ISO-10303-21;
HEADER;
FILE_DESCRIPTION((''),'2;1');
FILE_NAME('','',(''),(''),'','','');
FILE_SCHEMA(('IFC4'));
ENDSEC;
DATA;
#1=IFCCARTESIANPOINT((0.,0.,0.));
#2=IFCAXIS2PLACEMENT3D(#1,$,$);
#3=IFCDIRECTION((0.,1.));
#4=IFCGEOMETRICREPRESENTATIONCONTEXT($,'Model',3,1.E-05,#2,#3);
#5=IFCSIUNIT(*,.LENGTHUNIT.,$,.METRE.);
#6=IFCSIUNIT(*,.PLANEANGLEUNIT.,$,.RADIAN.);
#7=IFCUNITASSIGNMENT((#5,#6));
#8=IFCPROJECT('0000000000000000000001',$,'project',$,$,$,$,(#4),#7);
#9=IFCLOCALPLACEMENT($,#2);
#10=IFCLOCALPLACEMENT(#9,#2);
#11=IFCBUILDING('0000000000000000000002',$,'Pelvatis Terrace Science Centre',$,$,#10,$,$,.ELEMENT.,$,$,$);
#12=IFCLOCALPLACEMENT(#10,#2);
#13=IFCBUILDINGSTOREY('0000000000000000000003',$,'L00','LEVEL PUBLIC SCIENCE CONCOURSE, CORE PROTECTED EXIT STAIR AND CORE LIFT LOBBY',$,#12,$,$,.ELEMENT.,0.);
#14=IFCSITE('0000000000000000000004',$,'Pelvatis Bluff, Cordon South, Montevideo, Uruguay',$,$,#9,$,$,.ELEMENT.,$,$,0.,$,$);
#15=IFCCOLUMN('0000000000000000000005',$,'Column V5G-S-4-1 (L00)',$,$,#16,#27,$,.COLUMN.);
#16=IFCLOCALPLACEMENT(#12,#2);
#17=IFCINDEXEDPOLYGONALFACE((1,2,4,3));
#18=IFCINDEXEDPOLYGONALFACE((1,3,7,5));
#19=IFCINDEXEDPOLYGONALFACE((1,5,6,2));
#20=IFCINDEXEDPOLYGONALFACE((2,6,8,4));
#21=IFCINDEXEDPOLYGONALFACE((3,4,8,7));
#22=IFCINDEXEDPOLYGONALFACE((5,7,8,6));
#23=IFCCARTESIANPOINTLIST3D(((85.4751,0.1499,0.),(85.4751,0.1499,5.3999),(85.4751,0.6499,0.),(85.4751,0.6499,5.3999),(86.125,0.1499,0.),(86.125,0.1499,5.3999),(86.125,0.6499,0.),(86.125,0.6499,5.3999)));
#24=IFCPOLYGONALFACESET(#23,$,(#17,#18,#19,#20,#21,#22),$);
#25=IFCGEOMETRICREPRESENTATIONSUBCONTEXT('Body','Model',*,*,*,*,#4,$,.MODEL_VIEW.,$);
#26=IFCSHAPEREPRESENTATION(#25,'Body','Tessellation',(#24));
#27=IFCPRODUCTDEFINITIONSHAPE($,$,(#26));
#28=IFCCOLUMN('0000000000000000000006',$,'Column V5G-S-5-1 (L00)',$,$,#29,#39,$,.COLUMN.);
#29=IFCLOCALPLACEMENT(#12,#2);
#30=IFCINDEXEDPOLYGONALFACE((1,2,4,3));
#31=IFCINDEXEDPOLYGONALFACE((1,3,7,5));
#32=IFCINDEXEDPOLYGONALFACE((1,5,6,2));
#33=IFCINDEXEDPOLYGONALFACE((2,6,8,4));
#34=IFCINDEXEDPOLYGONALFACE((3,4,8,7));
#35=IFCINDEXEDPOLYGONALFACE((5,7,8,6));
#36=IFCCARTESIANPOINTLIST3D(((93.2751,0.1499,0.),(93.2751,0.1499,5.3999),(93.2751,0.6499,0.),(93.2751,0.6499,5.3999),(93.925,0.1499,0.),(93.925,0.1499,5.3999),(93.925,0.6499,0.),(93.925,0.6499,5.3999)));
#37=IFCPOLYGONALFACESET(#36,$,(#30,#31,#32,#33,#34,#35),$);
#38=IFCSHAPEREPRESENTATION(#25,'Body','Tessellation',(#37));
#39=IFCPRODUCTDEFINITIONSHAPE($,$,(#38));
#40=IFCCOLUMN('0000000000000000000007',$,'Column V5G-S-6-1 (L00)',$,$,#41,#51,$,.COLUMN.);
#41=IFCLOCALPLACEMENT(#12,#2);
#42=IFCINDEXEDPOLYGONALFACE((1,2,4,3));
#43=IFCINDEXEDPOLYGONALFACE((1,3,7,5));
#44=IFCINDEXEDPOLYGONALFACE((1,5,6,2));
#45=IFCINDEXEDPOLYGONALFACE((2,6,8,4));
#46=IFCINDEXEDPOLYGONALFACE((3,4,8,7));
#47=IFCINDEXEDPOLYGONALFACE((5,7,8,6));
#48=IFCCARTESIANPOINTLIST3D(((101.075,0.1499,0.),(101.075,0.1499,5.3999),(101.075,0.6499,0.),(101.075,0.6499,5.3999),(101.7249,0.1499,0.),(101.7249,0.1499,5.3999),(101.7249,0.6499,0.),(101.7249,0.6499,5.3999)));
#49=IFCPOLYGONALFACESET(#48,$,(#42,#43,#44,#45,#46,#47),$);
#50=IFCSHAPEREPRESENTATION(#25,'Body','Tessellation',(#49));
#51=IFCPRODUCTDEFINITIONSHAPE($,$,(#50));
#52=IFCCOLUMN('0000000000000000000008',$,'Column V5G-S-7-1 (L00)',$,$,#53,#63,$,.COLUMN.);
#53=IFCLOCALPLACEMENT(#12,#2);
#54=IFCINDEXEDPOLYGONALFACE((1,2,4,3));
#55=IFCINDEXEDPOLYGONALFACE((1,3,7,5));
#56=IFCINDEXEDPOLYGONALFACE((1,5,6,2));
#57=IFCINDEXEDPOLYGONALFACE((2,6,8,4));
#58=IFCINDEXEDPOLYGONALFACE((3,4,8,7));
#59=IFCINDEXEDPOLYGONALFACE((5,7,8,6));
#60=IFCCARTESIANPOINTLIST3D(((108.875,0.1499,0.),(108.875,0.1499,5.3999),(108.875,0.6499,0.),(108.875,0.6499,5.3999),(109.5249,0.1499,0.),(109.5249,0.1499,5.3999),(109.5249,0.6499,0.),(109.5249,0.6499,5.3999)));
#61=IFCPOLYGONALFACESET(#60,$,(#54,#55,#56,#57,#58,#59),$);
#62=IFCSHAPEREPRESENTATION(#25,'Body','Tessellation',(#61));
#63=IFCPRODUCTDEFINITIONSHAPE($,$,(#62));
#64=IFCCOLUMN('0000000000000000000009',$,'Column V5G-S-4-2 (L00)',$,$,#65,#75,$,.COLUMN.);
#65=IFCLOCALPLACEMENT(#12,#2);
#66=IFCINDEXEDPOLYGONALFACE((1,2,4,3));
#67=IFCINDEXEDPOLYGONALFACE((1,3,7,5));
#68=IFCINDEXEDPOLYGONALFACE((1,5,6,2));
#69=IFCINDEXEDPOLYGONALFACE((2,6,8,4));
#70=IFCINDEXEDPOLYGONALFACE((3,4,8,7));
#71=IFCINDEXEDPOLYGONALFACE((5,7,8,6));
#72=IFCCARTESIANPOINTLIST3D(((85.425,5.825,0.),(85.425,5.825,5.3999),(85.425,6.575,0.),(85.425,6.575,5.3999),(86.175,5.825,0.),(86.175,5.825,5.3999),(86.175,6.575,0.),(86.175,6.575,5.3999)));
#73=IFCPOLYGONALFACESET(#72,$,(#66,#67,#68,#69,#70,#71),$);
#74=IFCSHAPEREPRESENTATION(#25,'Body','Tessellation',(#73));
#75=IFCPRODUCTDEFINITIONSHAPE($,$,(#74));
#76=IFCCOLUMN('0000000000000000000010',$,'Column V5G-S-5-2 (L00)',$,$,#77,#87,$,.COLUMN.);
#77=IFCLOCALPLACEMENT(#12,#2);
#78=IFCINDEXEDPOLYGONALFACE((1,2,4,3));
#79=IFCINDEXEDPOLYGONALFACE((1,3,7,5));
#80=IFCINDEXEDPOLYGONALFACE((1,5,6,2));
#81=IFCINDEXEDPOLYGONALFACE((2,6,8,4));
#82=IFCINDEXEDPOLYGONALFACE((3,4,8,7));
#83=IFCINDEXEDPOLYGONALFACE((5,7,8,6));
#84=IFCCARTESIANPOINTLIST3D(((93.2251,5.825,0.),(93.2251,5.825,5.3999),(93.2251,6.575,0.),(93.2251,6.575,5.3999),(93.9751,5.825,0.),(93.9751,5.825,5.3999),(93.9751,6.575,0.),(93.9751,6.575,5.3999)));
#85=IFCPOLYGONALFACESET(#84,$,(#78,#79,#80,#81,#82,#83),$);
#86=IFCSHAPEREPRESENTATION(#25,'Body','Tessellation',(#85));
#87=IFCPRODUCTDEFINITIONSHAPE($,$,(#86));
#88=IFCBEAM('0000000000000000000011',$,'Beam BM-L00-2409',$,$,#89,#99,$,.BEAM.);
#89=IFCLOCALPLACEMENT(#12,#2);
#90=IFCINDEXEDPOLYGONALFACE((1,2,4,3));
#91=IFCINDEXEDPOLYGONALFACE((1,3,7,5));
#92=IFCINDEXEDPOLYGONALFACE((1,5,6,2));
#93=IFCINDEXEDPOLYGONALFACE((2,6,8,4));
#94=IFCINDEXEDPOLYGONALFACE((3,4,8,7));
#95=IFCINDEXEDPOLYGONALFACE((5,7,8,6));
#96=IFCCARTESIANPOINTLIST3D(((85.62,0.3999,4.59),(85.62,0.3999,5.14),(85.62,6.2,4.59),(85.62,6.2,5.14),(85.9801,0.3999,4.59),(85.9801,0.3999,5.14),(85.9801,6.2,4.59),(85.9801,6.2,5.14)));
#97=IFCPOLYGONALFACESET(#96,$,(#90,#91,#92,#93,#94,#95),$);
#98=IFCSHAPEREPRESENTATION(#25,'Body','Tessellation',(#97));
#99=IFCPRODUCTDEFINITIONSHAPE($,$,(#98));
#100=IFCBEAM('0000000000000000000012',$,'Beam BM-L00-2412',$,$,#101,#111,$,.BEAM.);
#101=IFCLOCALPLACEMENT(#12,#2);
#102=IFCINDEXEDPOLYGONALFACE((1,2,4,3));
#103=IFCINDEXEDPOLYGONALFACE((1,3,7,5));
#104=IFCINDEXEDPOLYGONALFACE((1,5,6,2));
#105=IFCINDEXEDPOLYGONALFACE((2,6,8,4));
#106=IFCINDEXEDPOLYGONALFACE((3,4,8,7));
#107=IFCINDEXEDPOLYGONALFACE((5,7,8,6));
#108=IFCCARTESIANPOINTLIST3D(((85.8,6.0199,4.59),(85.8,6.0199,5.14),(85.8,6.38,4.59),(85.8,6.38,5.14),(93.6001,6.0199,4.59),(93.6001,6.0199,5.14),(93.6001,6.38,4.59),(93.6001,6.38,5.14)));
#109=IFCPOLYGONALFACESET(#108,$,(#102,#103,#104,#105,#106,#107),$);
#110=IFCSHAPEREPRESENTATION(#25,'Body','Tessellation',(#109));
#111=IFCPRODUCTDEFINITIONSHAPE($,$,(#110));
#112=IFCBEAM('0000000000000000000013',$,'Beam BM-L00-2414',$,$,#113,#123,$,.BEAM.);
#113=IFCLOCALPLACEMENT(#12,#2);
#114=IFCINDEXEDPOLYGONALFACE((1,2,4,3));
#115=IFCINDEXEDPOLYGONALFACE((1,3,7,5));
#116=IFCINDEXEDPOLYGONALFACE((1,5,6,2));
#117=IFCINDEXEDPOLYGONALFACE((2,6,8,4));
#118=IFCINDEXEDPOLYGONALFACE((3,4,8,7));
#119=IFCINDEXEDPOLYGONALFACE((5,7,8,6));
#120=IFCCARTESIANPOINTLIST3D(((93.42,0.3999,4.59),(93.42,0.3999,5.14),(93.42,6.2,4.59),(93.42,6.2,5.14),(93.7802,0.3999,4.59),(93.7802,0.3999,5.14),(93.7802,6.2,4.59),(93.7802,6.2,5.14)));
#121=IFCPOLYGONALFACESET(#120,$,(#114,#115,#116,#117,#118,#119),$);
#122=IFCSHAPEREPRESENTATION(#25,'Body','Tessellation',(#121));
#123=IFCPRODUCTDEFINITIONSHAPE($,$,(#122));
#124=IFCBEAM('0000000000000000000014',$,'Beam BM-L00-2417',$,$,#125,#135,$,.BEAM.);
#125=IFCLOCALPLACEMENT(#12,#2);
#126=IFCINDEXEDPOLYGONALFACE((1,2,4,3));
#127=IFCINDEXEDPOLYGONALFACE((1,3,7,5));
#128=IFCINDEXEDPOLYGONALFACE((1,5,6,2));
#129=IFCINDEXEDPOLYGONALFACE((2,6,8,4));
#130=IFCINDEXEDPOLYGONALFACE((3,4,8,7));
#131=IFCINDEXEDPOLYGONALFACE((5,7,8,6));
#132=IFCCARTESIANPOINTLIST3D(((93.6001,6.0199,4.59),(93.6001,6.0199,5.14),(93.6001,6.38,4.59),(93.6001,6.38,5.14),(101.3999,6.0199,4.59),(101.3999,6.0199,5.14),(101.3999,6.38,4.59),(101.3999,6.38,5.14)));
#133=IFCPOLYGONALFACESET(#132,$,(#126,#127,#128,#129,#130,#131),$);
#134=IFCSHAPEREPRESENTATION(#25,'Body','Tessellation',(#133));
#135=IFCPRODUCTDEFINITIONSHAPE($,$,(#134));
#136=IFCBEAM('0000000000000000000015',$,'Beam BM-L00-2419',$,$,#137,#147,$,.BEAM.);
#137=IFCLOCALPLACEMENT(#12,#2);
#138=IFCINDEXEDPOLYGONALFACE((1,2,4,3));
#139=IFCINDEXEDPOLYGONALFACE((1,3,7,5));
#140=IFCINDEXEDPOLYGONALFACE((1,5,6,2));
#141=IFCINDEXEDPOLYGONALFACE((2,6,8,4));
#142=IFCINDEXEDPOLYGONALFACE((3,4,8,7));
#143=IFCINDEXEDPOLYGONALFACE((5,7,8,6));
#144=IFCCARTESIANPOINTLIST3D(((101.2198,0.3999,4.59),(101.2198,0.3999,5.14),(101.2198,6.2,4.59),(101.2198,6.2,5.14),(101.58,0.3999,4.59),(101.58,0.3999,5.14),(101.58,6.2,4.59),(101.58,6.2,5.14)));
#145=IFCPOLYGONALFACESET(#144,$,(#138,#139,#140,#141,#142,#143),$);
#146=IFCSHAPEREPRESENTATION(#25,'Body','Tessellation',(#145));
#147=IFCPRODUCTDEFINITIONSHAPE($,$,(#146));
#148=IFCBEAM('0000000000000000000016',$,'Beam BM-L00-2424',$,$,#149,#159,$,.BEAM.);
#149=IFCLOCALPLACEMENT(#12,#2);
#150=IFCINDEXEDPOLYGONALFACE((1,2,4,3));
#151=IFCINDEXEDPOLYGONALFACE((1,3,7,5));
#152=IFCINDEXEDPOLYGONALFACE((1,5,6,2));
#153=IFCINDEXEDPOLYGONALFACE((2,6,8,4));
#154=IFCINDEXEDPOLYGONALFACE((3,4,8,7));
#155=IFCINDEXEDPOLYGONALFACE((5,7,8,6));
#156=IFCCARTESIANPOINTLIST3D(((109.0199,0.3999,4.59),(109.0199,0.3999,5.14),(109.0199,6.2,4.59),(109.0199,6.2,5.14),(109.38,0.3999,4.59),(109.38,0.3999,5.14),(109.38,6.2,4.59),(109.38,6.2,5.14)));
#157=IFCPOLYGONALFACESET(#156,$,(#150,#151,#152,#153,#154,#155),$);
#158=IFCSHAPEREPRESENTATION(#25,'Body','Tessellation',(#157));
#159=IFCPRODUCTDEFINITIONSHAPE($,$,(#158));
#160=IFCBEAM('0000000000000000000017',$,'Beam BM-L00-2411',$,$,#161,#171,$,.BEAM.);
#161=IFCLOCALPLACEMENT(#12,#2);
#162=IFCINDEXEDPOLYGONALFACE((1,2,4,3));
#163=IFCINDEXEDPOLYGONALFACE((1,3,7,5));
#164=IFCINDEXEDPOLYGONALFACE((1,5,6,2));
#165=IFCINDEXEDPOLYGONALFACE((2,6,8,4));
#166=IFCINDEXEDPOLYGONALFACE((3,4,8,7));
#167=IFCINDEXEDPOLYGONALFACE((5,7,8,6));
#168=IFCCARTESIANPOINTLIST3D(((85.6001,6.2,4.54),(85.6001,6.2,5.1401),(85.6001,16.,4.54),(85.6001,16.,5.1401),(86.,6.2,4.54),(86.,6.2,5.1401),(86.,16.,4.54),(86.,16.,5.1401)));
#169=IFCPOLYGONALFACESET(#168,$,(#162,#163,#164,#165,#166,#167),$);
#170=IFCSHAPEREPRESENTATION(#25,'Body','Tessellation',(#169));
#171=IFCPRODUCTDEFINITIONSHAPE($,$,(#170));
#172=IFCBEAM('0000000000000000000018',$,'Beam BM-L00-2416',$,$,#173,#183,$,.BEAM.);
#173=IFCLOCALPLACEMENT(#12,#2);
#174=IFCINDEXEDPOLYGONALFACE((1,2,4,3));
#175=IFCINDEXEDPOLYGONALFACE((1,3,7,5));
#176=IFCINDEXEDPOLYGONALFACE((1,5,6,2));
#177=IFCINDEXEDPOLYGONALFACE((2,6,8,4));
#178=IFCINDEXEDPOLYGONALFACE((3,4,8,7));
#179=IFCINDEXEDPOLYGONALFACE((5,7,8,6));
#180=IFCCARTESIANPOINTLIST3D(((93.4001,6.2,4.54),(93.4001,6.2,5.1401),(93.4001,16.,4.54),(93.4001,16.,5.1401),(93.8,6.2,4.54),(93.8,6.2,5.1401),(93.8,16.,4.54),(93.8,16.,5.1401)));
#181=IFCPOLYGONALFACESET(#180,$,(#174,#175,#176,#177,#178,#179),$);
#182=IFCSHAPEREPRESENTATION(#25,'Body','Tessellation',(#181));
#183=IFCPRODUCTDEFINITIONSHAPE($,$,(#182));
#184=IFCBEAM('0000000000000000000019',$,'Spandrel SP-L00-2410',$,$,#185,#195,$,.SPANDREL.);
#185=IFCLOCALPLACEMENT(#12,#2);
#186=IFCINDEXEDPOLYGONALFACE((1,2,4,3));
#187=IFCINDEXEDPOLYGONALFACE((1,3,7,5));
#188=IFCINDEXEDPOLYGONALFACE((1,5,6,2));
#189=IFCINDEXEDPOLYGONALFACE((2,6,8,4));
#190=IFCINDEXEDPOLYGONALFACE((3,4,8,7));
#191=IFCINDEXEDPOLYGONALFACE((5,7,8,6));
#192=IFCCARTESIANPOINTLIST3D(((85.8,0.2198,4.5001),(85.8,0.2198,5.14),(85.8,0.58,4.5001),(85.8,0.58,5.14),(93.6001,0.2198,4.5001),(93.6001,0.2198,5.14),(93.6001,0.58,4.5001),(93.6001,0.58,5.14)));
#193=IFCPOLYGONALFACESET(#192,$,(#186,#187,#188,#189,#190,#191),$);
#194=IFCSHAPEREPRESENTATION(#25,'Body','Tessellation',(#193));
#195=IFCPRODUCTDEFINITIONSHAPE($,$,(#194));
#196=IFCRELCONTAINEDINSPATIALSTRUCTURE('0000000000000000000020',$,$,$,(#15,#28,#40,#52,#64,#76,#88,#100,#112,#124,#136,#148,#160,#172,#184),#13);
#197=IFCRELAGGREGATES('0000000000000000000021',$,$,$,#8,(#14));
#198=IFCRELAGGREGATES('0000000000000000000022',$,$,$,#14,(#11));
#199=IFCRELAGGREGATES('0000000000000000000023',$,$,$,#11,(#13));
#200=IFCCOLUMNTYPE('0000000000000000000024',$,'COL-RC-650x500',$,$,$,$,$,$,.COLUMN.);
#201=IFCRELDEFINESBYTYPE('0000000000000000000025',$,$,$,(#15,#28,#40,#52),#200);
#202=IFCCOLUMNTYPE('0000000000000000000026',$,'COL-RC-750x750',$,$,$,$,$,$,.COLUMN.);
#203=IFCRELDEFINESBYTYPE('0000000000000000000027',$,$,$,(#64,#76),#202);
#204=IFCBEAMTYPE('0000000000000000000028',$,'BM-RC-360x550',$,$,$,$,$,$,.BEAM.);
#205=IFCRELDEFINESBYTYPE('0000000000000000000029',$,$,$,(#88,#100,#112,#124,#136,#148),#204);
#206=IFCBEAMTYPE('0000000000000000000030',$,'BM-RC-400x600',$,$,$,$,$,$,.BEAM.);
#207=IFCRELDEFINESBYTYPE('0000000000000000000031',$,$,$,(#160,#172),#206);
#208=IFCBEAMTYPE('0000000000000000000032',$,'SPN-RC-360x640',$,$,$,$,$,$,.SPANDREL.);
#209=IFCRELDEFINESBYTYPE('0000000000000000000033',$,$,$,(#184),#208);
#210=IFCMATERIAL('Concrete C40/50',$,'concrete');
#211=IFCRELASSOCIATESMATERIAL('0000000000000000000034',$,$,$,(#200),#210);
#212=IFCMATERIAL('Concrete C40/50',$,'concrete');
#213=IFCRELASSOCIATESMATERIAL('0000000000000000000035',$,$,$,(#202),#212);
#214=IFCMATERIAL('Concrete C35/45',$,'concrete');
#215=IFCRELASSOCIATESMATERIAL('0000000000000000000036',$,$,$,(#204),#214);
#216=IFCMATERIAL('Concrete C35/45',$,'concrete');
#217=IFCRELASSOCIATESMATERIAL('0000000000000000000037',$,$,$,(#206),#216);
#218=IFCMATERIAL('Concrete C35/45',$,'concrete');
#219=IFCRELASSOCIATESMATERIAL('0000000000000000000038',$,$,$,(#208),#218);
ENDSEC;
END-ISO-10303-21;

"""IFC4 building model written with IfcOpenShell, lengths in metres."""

from ifc_helpers import new_model, si_unit, direction, frame, origin, origin_2d, place, context, subcontext, project, spatial, rectangle, extrude, material, material_profile, profile_set, type_object, element, save


model = new_model("IFC4")

# Units and contexts
model_context = context("Model", 3, precision=1e-05, world=origin(), true_north=direction((0.0, 1.0)))
body_context = subcontext(model_context, "Body", "Model", "MODEL_VIEW")
ifc_project = project(units=[si_unit("LENGTHUNIT", "METRE"), si_unit("PLANEANGLEUNIT", "RADIAN")], contexts=[model_context])

# Site, building, storey
site_placement = place(None, origin())
site = spatial("IfcSite", under=ifc_project, at=site_placement, Name="Pelvatis Bluff, Cordon South, Montevideo, Uruguay", CompositionType="ELEMENT", RefElevation=0.0)
building_placement = place(site_placement, origin())
building = spatial("IfcBuilding", under=site, at=building_placement, Name="Pelvatis Terrace Science Centre", CompositionType="ELEMENT")
storey_placement = place(building_placement, origin())
storey = spatial("IfcBuildingStorey", under=building, at=storey_placement, Name="L00", Description="LEVEL PUBLIC SCIENCE CONCOURSE, CORE PROTECTED EXIT STAIR AND CORE LIFT LOBBY", CompositionType="ELEMENT", Elevation=0.0)

# Columns
ifc_material_1 = material(Name="Concrete C40/50", Category="concrete")
ifc_material_profile_1 = material_profile(ifc_material_1, rectangle(XDim=0.6499, YDim=0.5, at=origin_2d()), Name="RC-COL 650x500")
ifc_profile_set_1 = profile_set([ifc_material_profile_1], Name="Concrete C40/50")
column_type_1 = type_object("IfcColumnType", Name="COL-RC-650x500", PredefinedType="COLUMN", material=ifc_profile_set_1)
for number, where, z_axis, x_axis, name in (
    (1, (85.8, 0.3999, 0.0), (0.0, 0.0, 1.0), (1.0, 0.0, 0.0), "Column V5G-S-4-1 (L00)"),
    (2, (93.6001, 0.3999, 0.0), (0.0, 0.0, 1.0), (1.0, 0.0, 0.0), "Column V5G-S-5-1 (L00)"),
    (3, (101.3999, 0.3999, 0.0), (0.0, 0.0, 1.0), (1.0, 0.0, 0.0), "Column V5G-S-6-1 (L00)"),
    (4, (109.2, 0.3999, 0.0), (0.0, 0.0, 1.0), (1.0, 0.0, 0.0), "Column V5G-S-7-1 (L00)"),
):
    element("IfcColumn", number, at=place(storey_placement, frame(where, z_axis=z_axis, x_axis=x_axis)), inside=storey, type_object=column_type_1, Name=name, PredefinedType="COLUMN", context=body_context, shape_type="SweptSolid", body=[
        extrude(rectangle(XDim=0.6499, YDim=0.5, at=origin_2d()), origin(), (0.0, 0.0, 1.0), 5.3999),
    ])
ifc_material_2 = material(Name="Concrete C40/50", Category="concrete")
ifc_material_profile_2 = material_profile(ifc_material_2, rectangle(XDim=0.75, YDim=0.75, at=origin_2d()), Name="RC-COL 750x750")
ifc_profile_set_2 = profile_set([ifc_material_profile_2], Name="Concrete C40/50")
column_type_2 = type_object("IfcColumnType", Name="COL-RC-750x750", PredefinedType="COLUMN", material=ifc_profile_set_2)
for number, where, z_axis, x_axis, name in (
    (5, (85.8, 6.2, 0.0), (0.0, 0.0, 1.0), (1.0, 0.0, 0.0), "Column V5G-S-4-2 (L00)"),
    (6, (93.6001, 6.2, 0.0), (0.0, 0.0, 1.0), (1.0, 0.0, 0.0), "Column V5G-S-5-2 (L00)"),
):
    element("IfcColumn", number, at=place(storey_placement, frame(where, z_axis=z_axis, x_axis=x_axis)), inside=storey, type_object=column_type_2, Name=name, PredefinedType="COLUMN", context=body_context, shape_type="SweptSolid", body=[
        extrude(rectangle(XDim=0.75, YDim=0.75, at=origin_2d()), origin(), (0.0, 0.0, 1.0), 5.3999),
    ])

# Beams
ifc_material_3 = material(Name="Concrete C35/45", Category="concrete")
ifc_material_profile_3 = material_profile(ifc_material_3, rectangle(XDim=0.3601, YDim=0.55, at=origin_2d()), Name="RC-BM 360x550")
ifc_profile_set_3 = profile_set([ifc_material_profile_3], Name="Concrete C35/45")
beam_type_1 = type_object("IfcBeamType", Name="BM-RC-360x550", PredefinedType="BEAM", material=ifc_profile_set_3)
beam_1_placement = place(storey_placement, frame((85.8, 0.3999, 4.865), z_axis=(0.0, 1.0, 0.0), x_axis=(-1.0, 0.0, 0.0)))
element("IfcBeam", 7, at=beam_1_placement, inside=storey, type_object=beam_type_1, Name="Beam BM-L00-2409", PredefinedType="BEAM", context=body_context, shape_type="SweptSolid", body=[
    extrude(rectangle(XDim=0.3601, YDim=0.55, at=origin_2d()), origin(), (0.0, 0.0, 1.0), 5.8),
])
beam_2_placement = place(storey_placement, frame((85.8, 6.2, 4.865), z_axis=(1.0, 0.0, 0.0), x_axis=(0.0, 1.0, 0.0)))
element("IfcBeam", 8, at=beam_2_placement, inside=storey, type_object=beam_type_1, Name="Beam BM-L00-2412", PredefinedType="BEAM", context=body_context, shape_type="SweptSolid", body=[
    extrude(rectangle(XDim=0.3601, YDim=0.55, at=origin_2d()), origin(), (0.0, 0.0, 1.0), 7.8),
])
beam_3_placement = place(storey_placement, frame((93.6001, 0.3999, 4.865), z_axis=(0.0, 1.0, 0.0), x_axis=(-1.0, 0.0, 0.0)))
element("IfcBeam", 9, at=beam_3_placement, inside=storey, type_object=beam_type_1, Name="Beam BM-L00-2414", PredefinedType="BEAM", context=body_context, shape_type="SweptSolid", body=[
    extrude(rectangle(XDim=0.3601, YDim=0.55, at=origin_2d()), origin(), (0.0, 0.0, 1.0), 5.8),
])
beam_4_placement = place(storey_placement, frame((93.6001, 6.2, 4.865), z_axis=(1.0, 0.0, 0.0), x_axis=(0.0, 1.0, 0.0)))
element("IfcBeam", 10, at=beam_4_placement, inside=storey, type_object=beam_type_1, Name="Beam BM-L00-2417", PredefinedType="BEAM", context=body_context, shape_type="SweptSolid", body=[
    extrude(rectangle(XDim=0.3601, YDim=0.55, at=origin_2d()), origin(), (0.0, 0.0, 1.0), 7.7998),
])
for number, where, z_axis, x_axis, name in (
    (11, (101.3999, 0.3999, 4.865), (0.0, 1.0, 0.0), (-1.0, 0.0, 0.0), "Beam BM-L00-2419"),
    (12, (109.2, 0.3999, 4.865), (0.0, 1.0, 0.0), (-1.0, 0.0, 0.0), "Beam BM-L00-2424"),
):
    element("IfcBeam", number, at=place(storey_placement, frame(where, z_axis=z_axis, x_axis=x_axis)), inside=storey, type_object=beam_type_1, Name=name, PredefinedType="BEAM", context=body_context, shape_type="SweptSolid", body=[
        extrude(rectangle(XDim=0.3601, YDim=0.55, at=origin_2d()), origin(), (0.0, 0.0, 1.0), 5.8),
    ])
ifc_material_4 = material(Name="Concrete C35/45", Category="concrete")
ifc_material_profile_4 = material_profile(ifc_material_4, rectangle(XDim=0.3999, YDim=0.6001, at=origin_2d()), Name="RC-BM 400x600")
ifc_profile_set_4 = profile_set([ifc_material_profile_4], Name="Concrete C35/45")
beam_type_2 = type_object("IfcBeamType", Name="BM-RC-400x600", PredefinedType="BEAM", material=ifc_profile_set_4)
for number, where, z_axis, x_axis, name in (
    (13, (85.8, 6.2, 4.8401), (0.0, 1.0, 0.0), (-1.0, 0.0, 0.0), "Beam BM-L00-2411"),
    (14, (93.6001, 6.2, 4.8401), (0.0, 1.0, 0.0), (-1.0, 0.0, 0.0), "Beam BM-L00-2416"),
):
    element("IfcBeam", number, at=place(storey_placement, frame(where, z_axis=z_axis, x_axis=x_axis)), inside=storey, type_object=beam_type_2, Name=name, PredefinedType="BEAM", context=body_context, shape_type="SweptSolid", body=[
        extrude(rectangle(XDim=0.3999, YDim=0.6001, at=origin_2d()), origin(), (0.0, 0.0, 1.0), 9.8),
    ])
ifc_material_5 = material(Name="Concrete C35/45", Category="concrete")
ifc_material_profile_5 = material_profile(ifc_material_5, rectangle(XDim=0.3601, YDim=0.6399, at=origin_2d()), Name="RC-SPN 360x640")
ifc_profile_set_5 = profile_set([ifc_material_profile_5], Name="Concrete C35/45")
beam_type_3 = type_object("IfcBeamType", Name="SPN-RC-360x640", PredefinedType="SPANDREL", material=ifc_profile_set_5)
beam_5_placement = place(storey_placement, frame((85.8, 0.3999, 4.8201), z_axis=(1.0, 0.0, 0.0), x_axis=(0.0, 1.0, 0.0)))
element("IfcBeam", 15, at=beam_5_placement, inside=storey, type_object=beam_type_3, Name="Spandrel SP-L00-2410", PredefinedType="SPANDREL", context=body_context, shape_type="SweptSolid", body=[
    extrude(rectangle(XDim=0.3601, YDim=0.6399, at=origin_2d()), origin(), (0.0, 0.0, 1.0), 7.8),
])

save(model, "model.ifc")
